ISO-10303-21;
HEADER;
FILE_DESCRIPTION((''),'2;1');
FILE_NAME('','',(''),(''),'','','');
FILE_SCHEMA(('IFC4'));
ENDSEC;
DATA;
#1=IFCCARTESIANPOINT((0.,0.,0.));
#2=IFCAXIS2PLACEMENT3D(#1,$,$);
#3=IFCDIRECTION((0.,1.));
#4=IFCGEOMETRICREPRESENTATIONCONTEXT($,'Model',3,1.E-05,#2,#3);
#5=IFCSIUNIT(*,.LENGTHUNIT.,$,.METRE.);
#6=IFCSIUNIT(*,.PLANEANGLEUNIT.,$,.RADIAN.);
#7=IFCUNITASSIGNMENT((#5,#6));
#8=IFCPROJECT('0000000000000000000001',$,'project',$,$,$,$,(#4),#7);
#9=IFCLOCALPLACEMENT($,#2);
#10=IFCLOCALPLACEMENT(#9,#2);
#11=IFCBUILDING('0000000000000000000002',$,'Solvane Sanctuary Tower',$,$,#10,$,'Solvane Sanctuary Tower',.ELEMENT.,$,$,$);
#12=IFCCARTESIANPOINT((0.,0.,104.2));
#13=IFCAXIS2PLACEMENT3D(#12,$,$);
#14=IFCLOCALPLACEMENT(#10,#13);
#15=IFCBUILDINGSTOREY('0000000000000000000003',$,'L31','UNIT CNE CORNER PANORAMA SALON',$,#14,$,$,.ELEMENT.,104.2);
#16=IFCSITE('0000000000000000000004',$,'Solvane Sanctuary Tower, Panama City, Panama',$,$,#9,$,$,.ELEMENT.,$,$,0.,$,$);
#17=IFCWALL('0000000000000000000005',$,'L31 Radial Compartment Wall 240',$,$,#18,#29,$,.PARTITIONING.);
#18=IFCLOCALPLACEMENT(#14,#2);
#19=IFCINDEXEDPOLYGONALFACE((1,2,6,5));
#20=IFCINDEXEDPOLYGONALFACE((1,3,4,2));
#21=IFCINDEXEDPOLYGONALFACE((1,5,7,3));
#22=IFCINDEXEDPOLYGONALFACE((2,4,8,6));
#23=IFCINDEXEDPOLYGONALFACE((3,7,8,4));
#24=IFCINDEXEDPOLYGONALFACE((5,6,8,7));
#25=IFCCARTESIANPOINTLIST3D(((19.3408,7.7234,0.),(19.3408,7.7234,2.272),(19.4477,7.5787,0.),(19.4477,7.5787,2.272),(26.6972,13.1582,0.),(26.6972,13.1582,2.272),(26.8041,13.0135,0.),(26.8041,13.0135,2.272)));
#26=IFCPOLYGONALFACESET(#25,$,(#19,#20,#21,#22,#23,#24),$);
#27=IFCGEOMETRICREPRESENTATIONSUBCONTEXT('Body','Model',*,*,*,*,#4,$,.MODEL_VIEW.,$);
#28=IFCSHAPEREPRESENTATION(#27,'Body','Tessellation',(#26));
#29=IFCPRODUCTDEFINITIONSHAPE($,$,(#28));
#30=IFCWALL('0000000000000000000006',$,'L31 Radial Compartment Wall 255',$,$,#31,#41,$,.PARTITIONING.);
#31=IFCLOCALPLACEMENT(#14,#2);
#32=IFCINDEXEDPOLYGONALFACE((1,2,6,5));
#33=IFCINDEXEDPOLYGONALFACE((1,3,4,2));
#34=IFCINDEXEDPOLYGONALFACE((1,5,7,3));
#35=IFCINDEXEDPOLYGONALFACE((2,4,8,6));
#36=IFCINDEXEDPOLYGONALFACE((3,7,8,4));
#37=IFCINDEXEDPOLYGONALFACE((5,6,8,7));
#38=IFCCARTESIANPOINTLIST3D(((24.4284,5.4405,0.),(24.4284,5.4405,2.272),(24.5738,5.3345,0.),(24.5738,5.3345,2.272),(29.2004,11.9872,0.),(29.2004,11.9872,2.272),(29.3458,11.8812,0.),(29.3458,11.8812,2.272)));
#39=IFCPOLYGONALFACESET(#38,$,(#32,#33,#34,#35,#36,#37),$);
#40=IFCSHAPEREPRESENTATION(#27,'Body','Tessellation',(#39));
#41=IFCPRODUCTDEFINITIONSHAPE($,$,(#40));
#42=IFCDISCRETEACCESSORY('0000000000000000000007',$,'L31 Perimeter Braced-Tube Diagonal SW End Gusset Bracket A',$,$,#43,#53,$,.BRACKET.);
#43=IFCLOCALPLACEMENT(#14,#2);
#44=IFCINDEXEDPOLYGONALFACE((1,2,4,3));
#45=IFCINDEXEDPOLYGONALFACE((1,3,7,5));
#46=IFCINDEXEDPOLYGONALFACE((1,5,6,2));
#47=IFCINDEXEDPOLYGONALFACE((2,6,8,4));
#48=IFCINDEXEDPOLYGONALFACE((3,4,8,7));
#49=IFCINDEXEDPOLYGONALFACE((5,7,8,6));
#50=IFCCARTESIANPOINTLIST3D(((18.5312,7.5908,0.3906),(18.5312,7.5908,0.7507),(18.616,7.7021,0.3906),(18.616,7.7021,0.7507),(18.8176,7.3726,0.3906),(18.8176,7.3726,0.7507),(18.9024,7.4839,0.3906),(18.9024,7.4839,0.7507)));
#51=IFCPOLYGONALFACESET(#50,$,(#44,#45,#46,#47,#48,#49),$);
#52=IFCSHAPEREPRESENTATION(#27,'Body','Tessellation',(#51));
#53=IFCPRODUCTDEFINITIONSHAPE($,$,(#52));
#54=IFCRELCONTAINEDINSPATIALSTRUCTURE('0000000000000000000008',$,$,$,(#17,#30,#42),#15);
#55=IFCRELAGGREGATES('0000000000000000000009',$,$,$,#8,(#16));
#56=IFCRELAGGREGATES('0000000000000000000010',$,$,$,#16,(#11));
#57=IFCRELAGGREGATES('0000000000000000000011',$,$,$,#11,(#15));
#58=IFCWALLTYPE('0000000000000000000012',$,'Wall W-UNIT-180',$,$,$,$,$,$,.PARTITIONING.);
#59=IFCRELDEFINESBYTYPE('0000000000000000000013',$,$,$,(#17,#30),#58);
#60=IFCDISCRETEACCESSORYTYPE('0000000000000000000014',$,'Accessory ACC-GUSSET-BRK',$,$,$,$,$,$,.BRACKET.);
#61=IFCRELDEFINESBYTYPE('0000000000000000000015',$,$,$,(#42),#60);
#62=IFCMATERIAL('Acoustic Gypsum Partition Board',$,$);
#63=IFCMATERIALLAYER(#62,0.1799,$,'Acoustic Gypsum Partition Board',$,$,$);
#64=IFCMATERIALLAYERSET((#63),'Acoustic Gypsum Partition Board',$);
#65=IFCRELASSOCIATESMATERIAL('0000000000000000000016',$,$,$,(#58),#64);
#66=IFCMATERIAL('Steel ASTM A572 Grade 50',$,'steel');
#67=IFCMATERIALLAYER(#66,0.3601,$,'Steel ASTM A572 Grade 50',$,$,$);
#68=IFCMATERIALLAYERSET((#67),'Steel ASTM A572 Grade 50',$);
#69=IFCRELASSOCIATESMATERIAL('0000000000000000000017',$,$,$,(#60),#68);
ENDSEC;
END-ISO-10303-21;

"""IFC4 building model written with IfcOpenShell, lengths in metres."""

from ifc_helpers import new_model, si_unit, direction, frame, frame_2d, origin, origin_2d, place, context, subcontext, project, spatial, rectangle, extrude, material, layer, layer_set, type_object, element, save


model = new_model("IFC4")

# Units and contexts
model_context = context("Model", 3, precision=1e-05, world=origin(), true_north=direction((0.0, 1.0)))
body_context = subcontext(model_context, "Body", "Model", "MODEL_VIEW")
ifc_project = project(units=[si_unit("LENGTHUNIT", "METRE"), si_unit("PLANEANGLEUNIT", "RADIAN")], contexts=[model_context])

# Site, building, storey
site_placement = place(None, origin())
site = spatial("IfcSite", under=ifc_project, at=site_placement, Name="Solvane Sanctuary Tower, Panama City, Panama", CompositionType="ELEMENT", RefElevation=0.0)
building_placement = place(site_placement, origin())
building = spatial("IfcBuilding", under=site, at=building_placement, Name="Solvane Sanctuary Tower", LongName="Solvane Sanctuary Tower", CompositionType="ELEMENT")
storey_placement = place(building_placement, frame((0.0, 0.0, 104.2)))
storey = spatial("IfcBuildingStorey", under=building, at=storey_placement, Name="L31", Description="UNIT CNE CORNER PANORAMA SALON", CompositionType="ELEMENT", Elevation=104.2)

# Shared definitions
ifc_material_1 = material(Name="Acoustic Gypsum Partition Board")

# Walls
ifc_layer_1 = layer(ifc_material_1, 0.1799, Name="Acoustic Gypsum Partition Board")
ifc_layer_set_1 = layer_set([ifc_layer_1], Name="Acoustic Gypsum Partition Board")
wall_type_1 = type_object("IfcWallType", Name="Wall W-UNIT-180", PredefinedType="PARTITIONING", material=ifc_layer_set_1)
wall_1_placement = place(storey_placement, frame((26.7507, 13.0859, 0.0), z_axis=(0.0, 0.0, 1.0), x_axis=(-0.80431, -0.59421, 0.0)))
element("IfcWall", 1, at=wall_1_placement, inside=storey, type_object=wall_type_1, Name="L31 Radial Compartment Wall 240", PredefinedType="PARTITIONING", context=body_context, shape_type="SweptSolid", body=[
    extrude(rectangle(XDim=9.1462, YDim=0.1799, at=frame_2d((4.5732, 0.0))), origin(), (0.0, 0.0, 1.0), 2.272),
])
wall_2_placement = place(storey_placement, frame((29.2732, 11.9343, 0.0), z_axis=(0.0, 0.0, 1.0), x_axis=(-0.589042, -0.808102, 0.0)))
element("IfcWall", 2, at=wall_2_placement, inside=storey, type_object=wall_type_1, Name="L31 Radial Compartment Wall 255", PredefinedType="PARTITIONING", context=body_context, shape_type="SweptSolid", body=[
    extrude(rectangle(XDim=8.1013, YDim=0.1799, at=frame_2d((4.0508, 0.0))), origin(), (0.0, 0.0, 1.0), 2.272),
])

# Discrete accessory
ifc_material_2 = material(Name="Steel ASTM A572 Grade 50", Category="steel")
ifc_layer_2 = layer(ifc_material_2, 0.3601, Name="Steel ASTM A572 Grade 50")
ifc_layer_set_2 = layer_set([ifc_layer_2], Name="Steel ASTM A572 Grade 50")
discrete_accessory_type = type_object("IfcDiscreteAccessoryType", Name="Accessory ACC-GUSSET-BRK", PredefinedType="BRACKET", material=ifc_layer_set_2)
discrete_accessory_placement = place(storey_placement, frame((18.7168, 7.5374, 0.3906), z_axis=(0.0, 0.0, 1.0), x_axis=(-0.795473, 0.605988, 0.0)))
element("IfcDiscreteAccessory", 3, at=discrete_accessory_placement, inside=storey, type_object=discrete_accessory_type, Name="L31 Perimeter Braced-Tube Diagonal SW End Gusset Bracket A", PredefinedType="BRACKET", context=body_context, shape_type="SweptSolid", body=[
    extrude(rectangle(XDim=0.3601, YDim=0.1399, at=origin_2d()), origin(), (0.0, 0.0, 1.0), 0.3601),
])

save(model, "model.ifc")
